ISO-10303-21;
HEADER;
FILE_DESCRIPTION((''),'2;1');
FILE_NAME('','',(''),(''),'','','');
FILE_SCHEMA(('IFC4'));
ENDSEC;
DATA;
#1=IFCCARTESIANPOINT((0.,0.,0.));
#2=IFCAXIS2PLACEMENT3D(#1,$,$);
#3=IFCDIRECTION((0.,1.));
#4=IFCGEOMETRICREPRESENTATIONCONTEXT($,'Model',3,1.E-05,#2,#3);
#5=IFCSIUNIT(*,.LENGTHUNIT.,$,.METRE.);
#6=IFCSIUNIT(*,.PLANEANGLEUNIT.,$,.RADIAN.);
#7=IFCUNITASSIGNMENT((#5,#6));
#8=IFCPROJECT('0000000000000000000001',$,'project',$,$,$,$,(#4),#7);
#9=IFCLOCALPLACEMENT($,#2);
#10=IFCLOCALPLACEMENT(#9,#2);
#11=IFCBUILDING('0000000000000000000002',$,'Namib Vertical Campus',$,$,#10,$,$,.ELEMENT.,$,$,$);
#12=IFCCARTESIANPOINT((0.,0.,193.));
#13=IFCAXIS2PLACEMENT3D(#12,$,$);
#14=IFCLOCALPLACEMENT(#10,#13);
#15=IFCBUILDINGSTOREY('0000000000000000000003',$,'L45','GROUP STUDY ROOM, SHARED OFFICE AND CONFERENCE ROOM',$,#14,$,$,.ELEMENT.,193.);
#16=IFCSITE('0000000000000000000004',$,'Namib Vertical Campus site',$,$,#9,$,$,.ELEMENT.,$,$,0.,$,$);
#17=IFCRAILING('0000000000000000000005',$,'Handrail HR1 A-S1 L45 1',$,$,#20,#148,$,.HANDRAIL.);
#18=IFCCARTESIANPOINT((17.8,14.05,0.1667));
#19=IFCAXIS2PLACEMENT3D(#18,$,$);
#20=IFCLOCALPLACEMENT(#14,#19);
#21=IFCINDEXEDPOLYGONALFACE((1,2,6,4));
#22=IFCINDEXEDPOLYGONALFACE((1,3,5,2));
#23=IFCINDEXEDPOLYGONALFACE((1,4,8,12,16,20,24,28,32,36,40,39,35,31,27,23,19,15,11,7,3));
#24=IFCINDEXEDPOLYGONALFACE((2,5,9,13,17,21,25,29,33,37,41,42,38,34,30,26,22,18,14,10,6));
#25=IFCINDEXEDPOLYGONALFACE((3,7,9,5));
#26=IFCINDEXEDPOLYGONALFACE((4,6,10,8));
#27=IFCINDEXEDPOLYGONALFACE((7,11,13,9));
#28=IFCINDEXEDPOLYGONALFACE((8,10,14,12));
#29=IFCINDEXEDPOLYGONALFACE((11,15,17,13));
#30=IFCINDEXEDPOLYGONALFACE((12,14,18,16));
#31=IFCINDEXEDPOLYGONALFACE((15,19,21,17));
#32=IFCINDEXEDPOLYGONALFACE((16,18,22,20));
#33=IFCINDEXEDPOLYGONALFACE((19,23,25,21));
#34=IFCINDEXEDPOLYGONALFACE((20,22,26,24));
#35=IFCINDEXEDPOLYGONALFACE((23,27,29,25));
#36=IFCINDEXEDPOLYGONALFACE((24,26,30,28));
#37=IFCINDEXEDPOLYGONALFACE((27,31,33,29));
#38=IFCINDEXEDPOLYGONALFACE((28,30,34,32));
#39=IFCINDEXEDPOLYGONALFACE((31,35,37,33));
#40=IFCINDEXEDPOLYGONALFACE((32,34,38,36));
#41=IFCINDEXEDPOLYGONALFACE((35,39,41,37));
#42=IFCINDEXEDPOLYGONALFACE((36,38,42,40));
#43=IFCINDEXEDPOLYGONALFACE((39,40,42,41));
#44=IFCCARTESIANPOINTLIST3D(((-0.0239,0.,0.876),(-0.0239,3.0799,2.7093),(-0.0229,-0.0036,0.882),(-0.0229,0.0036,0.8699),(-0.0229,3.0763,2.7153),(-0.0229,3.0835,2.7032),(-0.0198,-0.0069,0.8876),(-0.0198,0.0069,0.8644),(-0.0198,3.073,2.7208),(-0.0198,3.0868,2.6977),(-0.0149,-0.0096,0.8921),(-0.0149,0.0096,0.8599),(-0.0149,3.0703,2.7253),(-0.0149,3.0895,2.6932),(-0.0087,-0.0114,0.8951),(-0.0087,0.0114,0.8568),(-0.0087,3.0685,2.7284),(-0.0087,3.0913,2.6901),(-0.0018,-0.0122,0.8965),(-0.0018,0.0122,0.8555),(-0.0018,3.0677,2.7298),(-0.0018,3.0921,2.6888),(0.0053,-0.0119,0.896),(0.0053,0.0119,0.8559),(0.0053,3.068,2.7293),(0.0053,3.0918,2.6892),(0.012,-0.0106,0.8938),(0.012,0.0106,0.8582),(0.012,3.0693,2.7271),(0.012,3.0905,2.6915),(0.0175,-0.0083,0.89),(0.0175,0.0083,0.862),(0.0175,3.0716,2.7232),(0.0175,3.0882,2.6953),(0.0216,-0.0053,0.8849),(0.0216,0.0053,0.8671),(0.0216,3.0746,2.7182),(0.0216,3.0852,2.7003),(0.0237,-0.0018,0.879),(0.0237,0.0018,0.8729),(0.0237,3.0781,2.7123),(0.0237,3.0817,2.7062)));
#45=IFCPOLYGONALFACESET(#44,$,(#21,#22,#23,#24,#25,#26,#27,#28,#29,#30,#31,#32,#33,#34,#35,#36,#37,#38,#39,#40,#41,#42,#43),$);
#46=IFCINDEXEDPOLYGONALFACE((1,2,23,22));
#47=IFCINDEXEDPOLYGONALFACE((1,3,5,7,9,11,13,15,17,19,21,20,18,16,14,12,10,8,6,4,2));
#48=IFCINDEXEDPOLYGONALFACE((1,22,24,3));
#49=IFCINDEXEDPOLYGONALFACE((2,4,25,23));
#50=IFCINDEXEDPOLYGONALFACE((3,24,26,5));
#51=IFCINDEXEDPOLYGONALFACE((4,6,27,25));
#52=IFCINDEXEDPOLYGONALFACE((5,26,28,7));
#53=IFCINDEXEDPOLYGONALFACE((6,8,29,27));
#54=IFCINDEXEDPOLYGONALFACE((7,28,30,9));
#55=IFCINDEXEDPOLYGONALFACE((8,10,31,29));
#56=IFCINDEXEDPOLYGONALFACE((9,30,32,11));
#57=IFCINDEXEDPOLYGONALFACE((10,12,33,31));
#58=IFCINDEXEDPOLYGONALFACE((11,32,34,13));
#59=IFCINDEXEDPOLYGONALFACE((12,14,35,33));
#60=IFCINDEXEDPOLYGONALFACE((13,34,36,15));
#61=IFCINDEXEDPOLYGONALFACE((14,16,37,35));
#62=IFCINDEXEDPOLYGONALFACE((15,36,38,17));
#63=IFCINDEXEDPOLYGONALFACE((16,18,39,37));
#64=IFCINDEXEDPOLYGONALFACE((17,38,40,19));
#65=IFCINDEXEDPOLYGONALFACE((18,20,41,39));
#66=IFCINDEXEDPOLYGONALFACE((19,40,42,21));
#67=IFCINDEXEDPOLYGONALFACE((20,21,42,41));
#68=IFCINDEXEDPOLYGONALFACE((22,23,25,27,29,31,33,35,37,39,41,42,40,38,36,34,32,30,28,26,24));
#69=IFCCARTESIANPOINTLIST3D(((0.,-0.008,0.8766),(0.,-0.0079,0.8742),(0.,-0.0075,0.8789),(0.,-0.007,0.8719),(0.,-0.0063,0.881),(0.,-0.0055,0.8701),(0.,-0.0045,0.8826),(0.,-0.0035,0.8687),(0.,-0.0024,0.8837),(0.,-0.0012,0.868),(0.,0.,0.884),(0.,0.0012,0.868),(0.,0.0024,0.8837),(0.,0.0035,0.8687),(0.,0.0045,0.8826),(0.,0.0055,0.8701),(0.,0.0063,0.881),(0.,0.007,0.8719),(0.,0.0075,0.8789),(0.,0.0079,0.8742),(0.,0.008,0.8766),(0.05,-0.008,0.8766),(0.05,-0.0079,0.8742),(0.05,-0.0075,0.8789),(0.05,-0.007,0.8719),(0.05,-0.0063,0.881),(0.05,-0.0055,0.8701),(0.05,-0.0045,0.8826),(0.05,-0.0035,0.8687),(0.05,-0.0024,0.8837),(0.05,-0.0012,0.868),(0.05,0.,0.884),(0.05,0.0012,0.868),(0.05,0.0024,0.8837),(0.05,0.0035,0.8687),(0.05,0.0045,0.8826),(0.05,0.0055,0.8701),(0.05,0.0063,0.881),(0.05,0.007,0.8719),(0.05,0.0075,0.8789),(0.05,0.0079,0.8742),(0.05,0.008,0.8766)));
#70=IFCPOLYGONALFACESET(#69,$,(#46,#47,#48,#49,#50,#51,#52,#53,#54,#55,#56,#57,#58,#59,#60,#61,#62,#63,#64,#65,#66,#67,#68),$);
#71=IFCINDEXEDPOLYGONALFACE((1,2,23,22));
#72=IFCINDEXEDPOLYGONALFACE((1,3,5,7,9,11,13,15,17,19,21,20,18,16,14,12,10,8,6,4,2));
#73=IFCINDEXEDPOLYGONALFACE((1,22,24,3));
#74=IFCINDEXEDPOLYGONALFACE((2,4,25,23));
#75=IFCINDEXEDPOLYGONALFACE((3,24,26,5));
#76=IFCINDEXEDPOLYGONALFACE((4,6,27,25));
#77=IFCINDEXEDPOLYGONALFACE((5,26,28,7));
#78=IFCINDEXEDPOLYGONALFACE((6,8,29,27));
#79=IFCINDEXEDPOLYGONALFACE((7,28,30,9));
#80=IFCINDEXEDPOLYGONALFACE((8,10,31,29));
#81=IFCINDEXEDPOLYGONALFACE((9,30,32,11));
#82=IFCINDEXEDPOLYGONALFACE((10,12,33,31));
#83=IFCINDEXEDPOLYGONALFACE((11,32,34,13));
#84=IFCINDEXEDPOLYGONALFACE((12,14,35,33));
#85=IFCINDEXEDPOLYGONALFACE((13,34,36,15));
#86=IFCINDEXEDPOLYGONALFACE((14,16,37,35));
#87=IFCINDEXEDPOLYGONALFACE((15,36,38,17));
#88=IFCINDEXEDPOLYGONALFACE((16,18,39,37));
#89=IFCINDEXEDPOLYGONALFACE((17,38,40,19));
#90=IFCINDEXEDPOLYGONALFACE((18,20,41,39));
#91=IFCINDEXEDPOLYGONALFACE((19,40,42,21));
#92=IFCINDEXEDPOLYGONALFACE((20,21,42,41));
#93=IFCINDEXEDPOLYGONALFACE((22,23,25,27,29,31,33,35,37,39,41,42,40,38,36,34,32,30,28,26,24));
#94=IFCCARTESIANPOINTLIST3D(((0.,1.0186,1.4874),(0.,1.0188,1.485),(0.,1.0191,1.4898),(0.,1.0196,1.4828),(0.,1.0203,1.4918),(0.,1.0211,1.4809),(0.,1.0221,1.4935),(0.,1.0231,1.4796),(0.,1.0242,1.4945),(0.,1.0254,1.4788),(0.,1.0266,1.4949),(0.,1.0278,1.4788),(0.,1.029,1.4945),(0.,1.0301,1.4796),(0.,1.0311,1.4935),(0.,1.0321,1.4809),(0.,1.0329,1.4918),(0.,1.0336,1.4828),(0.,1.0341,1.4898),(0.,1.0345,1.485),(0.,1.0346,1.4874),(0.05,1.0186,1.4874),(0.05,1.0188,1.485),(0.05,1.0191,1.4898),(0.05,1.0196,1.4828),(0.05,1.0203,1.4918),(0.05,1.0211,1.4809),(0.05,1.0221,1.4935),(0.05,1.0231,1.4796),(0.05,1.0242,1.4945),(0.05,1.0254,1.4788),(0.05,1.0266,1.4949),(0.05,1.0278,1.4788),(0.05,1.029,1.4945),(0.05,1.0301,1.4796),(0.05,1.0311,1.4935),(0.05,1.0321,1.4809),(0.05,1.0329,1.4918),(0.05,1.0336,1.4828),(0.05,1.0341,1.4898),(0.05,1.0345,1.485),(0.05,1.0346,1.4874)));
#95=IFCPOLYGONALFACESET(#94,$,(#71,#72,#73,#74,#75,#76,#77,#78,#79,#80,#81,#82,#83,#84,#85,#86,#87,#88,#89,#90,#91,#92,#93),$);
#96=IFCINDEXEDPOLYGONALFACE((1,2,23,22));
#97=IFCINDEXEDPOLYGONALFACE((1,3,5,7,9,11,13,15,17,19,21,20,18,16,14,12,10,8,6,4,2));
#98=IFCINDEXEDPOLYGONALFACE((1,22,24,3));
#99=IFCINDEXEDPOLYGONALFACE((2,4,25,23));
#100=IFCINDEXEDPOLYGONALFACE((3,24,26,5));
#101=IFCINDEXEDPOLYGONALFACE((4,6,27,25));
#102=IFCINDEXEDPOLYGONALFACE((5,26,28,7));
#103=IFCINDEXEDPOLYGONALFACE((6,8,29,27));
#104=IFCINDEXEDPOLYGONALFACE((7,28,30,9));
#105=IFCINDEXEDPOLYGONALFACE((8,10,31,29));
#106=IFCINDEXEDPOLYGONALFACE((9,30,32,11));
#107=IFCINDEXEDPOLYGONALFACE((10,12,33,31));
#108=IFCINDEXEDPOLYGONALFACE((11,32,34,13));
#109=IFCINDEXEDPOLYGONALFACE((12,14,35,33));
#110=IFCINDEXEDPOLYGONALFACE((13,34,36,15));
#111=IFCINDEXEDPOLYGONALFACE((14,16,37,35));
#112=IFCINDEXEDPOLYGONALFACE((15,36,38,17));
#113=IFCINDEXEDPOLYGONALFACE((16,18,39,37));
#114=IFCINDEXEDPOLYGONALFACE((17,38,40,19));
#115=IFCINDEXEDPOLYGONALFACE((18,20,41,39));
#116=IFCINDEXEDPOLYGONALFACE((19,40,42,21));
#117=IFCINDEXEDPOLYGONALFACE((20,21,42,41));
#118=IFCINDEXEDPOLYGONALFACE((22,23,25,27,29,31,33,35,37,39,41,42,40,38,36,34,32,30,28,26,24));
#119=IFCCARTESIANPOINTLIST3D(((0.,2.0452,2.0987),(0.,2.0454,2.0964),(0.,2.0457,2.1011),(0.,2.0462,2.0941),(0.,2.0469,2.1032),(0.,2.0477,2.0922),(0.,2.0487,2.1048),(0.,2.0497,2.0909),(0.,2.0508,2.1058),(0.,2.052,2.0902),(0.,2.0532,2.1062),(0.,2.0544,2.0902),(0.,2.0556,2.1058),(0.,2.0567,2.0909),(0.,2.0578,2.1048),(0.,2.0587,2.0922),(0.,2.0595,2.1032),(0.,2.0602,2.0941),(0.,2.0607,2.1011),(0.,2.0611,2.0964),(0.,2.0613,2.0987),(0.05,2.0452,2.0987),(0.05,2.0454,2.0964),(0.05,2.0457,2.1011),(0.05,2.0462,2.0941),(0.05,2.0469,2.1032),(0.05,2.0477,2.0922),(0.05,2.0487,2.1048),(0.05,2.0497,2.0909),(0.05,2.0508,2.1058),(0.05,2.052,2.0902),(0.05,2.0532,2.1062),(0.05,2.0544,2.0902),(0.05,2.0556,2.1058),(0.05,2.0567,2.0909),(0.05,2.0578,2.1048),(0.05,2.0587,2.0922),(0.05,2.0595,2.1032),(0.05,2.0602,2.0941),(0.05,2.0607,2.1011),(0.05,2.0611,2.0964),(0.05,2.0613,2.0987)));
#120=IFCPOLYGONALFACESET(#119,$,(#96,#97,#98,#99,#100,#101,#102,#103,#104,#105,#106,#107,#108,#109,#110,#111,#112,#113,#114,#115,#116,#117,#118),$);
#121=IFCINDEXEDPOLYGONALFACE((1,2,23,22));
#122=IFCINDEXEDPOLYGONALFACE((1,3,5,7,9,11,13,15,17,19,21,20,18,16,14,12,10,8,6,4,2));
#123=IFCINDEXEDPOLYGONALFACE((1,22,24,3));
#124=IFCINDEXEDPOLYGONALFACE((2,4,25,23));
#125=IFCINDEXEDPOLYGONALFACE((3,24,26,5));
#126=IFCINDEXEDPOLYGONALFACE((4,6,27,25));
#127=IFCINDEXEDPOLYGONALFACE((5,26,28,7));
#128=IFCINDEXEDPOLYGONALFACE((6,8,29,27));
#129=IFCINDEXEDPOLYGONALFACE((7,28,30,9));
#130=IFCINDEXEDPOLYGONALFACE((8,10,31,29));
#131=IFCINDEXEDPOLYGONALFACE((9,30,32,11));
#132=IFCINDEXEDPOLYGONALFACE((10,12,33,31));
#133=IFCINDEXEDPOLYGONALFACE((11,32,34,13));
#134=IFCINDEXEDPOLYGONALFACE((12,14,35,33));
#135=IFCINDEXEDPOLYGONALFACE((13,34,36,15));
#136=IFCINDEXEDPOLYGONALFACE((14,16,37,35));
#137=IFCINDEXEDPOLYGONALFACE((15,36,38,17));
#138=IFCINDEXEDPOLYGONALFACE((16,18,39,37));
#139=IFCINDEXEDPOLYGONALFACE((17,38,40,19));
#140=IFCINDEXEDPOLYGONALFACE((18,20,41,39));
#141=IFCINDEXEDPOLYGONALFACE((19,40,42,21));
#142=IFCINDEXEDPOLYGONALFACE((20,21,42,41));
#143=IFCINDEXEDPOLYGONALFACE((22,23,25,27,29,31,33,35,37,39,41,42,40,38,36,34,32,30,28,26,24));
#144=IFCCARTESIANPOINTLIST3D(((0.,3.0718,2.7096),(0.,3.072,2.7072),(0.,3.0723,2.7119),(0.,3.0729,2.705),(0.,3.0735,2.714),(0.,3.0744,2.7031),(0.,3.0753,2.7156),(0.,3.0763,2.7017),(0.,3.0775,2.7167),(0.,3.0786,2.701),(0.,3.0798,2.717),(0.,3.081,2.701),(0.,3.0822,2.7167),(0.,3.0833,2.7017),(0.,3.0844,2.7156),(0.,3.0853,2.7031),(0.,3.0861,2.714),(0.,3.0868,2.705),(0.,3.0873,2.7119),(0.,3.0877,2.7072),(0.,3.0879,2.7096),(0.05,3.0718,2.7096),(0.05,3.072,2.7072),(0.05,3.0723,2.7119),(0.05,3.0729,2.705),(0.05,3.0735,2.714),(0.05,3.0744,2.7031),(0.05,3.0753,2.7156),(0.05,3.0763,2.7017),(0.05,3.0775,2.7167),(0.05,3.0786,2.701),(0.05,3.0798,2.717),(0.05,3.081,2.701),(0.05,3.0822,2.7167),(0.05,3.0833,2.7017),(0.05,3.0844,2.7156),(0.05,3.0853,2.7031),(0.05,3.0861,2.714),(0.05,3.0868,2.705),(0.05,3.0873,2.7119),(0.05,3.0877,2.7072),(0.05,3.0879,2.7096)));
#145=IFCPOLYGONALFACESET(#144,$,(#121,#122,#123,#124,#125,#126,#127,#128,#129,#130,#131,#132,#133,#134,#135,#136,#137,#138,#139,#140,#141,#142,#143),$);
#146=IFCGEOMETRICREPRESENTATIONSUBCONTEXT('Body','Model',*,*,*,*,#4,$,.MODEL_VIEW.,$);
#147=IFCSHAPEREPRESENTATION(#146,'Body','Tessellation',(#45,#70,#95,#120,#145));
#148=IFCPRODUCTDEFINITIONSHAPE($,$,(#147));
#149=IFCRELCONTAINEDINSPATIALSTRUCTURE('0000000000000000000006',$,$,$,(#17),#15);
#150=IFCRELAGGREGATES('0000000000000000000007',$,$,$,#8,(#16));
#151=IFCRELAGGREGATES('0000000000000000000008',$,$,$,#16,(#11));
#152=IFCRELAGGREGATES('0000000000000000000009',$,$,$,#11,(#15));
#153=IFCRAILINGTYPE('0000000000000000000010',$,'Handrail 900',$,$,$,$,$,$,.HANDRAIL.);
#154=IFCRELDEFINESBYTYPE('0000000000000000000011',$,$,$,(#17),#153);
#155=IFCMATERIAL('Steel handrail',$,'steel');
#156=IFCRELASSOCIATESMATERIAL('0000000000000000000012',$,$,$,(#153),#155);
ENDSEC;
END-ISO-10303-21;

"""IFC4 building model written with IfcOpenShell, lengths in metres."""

from ifc_helpers import new_model, si_unit, direction, frame, origin, origin_2d, place, context, subcontext, project, spatial, circle, extrude, material, type_object, element, save


model = new_model("IFC4")

# Units and contexts
model_context = context("Model", 3, precision=1e-05, world=origin(), true_north=direction((0.0, 1.0)))
body_context = subcontext(model_context, "Body", "Model", "MODEL_VIEW")
ifc_project = project(units=[si_unit("LENGTHUNIT", "METRE"), si_unit("PLANEANGLEUNIT", "RADIAN")], contexts=[model_context])

# Site, building, storey
site_placement = place(None, origin())
site = spatial("IfcSite", under=ifc_project, at=site_placement, Name="Namib Vertical Campus site", CompositionType="ELEMENT", RefElevation=0.0)
building_placement = place(site_placement, origin())
building = spatial("IfcBuilding", under=site, at=building_placement, Name="Namib Vertical Campus", CompositionType="ELEMENT")
storey_placement = place(building_placement, frame((0.0, 0.0, 193.0)))
storey = spatial("IfcBuildingStorey", under=building, at=storey_placement, Name="L45", Description="GROUP STUDY ROOM, SHARED OFFICE AND CONFERENCE ROOM", CompositionType="ELEMENT", Elevation=193.0)

# Railing
ifc_material_1 = material(Name="Steel handrail", Category="steel")
railing_type_1 = type_object("IfcRailingType", Name="Handrail 900", PredefinedType="HANDRAIL", material=ifc_material_1)
railing_1_placement = place(storey_placement, frame((17.8, 14.05, 0.1667)))
element("IfcRailing", 1, at=railing_1_placement, inside=storey, type_object=railing_type_1, Name="Handrail HR1 A-S1 L45 1", PredefinedType="HANDRAIL", context=body_context, shape_type="SweptSolid", body=[
    extrude(circle(Radius=0.0239, at=origin_2d()), frame((0.0, 0.0, 0.876), z_axis=(0.0, 0.859291, 0.511487), x_axis=(-1.0, 0.0, 0.0)), (0.0, 0.0, 1.0), 3.5842),
    extrude(circle(Radius=0.0081, at=origin_2d()), frame((0.0, 0.0, 0.876), z_axis=(1.0, 0.0, 0.0), x_axis=(0.0, 0.0, 1.0)), (0.0, 0.0, 1.0), 0.05),
    extrude(circle(Radius=0.0081, at=origin_2d()), frame((0.0, 1.0266, 1.4868), z_axis=(1.0, 0.0, 0.0), x_axis=(0.0, 0.0, 1.0)), (0.0, 0.0, 1.0), 0.05),
    extrude(circle(Radius=0.0081, at=origin_2d()), frame((0.0, 2.0532, 2.0981), z_axis=(1.0, 0.0, 0.0), x_axis=(0.0, 0.0, 1.0)), (0.0, 0.0, 1.0), 0.05),
    extrude(circle(Radius=0.0081, at=origin_2d()), frame((0.0, 3.0798, 2.709), z_axis=(1.0, 0.0, 0.0), x_axis=(0.0, 0.0, 1.0)), (0.0, 0.0, 1.0), 0.05),
])

save(model, "model.ifc")
